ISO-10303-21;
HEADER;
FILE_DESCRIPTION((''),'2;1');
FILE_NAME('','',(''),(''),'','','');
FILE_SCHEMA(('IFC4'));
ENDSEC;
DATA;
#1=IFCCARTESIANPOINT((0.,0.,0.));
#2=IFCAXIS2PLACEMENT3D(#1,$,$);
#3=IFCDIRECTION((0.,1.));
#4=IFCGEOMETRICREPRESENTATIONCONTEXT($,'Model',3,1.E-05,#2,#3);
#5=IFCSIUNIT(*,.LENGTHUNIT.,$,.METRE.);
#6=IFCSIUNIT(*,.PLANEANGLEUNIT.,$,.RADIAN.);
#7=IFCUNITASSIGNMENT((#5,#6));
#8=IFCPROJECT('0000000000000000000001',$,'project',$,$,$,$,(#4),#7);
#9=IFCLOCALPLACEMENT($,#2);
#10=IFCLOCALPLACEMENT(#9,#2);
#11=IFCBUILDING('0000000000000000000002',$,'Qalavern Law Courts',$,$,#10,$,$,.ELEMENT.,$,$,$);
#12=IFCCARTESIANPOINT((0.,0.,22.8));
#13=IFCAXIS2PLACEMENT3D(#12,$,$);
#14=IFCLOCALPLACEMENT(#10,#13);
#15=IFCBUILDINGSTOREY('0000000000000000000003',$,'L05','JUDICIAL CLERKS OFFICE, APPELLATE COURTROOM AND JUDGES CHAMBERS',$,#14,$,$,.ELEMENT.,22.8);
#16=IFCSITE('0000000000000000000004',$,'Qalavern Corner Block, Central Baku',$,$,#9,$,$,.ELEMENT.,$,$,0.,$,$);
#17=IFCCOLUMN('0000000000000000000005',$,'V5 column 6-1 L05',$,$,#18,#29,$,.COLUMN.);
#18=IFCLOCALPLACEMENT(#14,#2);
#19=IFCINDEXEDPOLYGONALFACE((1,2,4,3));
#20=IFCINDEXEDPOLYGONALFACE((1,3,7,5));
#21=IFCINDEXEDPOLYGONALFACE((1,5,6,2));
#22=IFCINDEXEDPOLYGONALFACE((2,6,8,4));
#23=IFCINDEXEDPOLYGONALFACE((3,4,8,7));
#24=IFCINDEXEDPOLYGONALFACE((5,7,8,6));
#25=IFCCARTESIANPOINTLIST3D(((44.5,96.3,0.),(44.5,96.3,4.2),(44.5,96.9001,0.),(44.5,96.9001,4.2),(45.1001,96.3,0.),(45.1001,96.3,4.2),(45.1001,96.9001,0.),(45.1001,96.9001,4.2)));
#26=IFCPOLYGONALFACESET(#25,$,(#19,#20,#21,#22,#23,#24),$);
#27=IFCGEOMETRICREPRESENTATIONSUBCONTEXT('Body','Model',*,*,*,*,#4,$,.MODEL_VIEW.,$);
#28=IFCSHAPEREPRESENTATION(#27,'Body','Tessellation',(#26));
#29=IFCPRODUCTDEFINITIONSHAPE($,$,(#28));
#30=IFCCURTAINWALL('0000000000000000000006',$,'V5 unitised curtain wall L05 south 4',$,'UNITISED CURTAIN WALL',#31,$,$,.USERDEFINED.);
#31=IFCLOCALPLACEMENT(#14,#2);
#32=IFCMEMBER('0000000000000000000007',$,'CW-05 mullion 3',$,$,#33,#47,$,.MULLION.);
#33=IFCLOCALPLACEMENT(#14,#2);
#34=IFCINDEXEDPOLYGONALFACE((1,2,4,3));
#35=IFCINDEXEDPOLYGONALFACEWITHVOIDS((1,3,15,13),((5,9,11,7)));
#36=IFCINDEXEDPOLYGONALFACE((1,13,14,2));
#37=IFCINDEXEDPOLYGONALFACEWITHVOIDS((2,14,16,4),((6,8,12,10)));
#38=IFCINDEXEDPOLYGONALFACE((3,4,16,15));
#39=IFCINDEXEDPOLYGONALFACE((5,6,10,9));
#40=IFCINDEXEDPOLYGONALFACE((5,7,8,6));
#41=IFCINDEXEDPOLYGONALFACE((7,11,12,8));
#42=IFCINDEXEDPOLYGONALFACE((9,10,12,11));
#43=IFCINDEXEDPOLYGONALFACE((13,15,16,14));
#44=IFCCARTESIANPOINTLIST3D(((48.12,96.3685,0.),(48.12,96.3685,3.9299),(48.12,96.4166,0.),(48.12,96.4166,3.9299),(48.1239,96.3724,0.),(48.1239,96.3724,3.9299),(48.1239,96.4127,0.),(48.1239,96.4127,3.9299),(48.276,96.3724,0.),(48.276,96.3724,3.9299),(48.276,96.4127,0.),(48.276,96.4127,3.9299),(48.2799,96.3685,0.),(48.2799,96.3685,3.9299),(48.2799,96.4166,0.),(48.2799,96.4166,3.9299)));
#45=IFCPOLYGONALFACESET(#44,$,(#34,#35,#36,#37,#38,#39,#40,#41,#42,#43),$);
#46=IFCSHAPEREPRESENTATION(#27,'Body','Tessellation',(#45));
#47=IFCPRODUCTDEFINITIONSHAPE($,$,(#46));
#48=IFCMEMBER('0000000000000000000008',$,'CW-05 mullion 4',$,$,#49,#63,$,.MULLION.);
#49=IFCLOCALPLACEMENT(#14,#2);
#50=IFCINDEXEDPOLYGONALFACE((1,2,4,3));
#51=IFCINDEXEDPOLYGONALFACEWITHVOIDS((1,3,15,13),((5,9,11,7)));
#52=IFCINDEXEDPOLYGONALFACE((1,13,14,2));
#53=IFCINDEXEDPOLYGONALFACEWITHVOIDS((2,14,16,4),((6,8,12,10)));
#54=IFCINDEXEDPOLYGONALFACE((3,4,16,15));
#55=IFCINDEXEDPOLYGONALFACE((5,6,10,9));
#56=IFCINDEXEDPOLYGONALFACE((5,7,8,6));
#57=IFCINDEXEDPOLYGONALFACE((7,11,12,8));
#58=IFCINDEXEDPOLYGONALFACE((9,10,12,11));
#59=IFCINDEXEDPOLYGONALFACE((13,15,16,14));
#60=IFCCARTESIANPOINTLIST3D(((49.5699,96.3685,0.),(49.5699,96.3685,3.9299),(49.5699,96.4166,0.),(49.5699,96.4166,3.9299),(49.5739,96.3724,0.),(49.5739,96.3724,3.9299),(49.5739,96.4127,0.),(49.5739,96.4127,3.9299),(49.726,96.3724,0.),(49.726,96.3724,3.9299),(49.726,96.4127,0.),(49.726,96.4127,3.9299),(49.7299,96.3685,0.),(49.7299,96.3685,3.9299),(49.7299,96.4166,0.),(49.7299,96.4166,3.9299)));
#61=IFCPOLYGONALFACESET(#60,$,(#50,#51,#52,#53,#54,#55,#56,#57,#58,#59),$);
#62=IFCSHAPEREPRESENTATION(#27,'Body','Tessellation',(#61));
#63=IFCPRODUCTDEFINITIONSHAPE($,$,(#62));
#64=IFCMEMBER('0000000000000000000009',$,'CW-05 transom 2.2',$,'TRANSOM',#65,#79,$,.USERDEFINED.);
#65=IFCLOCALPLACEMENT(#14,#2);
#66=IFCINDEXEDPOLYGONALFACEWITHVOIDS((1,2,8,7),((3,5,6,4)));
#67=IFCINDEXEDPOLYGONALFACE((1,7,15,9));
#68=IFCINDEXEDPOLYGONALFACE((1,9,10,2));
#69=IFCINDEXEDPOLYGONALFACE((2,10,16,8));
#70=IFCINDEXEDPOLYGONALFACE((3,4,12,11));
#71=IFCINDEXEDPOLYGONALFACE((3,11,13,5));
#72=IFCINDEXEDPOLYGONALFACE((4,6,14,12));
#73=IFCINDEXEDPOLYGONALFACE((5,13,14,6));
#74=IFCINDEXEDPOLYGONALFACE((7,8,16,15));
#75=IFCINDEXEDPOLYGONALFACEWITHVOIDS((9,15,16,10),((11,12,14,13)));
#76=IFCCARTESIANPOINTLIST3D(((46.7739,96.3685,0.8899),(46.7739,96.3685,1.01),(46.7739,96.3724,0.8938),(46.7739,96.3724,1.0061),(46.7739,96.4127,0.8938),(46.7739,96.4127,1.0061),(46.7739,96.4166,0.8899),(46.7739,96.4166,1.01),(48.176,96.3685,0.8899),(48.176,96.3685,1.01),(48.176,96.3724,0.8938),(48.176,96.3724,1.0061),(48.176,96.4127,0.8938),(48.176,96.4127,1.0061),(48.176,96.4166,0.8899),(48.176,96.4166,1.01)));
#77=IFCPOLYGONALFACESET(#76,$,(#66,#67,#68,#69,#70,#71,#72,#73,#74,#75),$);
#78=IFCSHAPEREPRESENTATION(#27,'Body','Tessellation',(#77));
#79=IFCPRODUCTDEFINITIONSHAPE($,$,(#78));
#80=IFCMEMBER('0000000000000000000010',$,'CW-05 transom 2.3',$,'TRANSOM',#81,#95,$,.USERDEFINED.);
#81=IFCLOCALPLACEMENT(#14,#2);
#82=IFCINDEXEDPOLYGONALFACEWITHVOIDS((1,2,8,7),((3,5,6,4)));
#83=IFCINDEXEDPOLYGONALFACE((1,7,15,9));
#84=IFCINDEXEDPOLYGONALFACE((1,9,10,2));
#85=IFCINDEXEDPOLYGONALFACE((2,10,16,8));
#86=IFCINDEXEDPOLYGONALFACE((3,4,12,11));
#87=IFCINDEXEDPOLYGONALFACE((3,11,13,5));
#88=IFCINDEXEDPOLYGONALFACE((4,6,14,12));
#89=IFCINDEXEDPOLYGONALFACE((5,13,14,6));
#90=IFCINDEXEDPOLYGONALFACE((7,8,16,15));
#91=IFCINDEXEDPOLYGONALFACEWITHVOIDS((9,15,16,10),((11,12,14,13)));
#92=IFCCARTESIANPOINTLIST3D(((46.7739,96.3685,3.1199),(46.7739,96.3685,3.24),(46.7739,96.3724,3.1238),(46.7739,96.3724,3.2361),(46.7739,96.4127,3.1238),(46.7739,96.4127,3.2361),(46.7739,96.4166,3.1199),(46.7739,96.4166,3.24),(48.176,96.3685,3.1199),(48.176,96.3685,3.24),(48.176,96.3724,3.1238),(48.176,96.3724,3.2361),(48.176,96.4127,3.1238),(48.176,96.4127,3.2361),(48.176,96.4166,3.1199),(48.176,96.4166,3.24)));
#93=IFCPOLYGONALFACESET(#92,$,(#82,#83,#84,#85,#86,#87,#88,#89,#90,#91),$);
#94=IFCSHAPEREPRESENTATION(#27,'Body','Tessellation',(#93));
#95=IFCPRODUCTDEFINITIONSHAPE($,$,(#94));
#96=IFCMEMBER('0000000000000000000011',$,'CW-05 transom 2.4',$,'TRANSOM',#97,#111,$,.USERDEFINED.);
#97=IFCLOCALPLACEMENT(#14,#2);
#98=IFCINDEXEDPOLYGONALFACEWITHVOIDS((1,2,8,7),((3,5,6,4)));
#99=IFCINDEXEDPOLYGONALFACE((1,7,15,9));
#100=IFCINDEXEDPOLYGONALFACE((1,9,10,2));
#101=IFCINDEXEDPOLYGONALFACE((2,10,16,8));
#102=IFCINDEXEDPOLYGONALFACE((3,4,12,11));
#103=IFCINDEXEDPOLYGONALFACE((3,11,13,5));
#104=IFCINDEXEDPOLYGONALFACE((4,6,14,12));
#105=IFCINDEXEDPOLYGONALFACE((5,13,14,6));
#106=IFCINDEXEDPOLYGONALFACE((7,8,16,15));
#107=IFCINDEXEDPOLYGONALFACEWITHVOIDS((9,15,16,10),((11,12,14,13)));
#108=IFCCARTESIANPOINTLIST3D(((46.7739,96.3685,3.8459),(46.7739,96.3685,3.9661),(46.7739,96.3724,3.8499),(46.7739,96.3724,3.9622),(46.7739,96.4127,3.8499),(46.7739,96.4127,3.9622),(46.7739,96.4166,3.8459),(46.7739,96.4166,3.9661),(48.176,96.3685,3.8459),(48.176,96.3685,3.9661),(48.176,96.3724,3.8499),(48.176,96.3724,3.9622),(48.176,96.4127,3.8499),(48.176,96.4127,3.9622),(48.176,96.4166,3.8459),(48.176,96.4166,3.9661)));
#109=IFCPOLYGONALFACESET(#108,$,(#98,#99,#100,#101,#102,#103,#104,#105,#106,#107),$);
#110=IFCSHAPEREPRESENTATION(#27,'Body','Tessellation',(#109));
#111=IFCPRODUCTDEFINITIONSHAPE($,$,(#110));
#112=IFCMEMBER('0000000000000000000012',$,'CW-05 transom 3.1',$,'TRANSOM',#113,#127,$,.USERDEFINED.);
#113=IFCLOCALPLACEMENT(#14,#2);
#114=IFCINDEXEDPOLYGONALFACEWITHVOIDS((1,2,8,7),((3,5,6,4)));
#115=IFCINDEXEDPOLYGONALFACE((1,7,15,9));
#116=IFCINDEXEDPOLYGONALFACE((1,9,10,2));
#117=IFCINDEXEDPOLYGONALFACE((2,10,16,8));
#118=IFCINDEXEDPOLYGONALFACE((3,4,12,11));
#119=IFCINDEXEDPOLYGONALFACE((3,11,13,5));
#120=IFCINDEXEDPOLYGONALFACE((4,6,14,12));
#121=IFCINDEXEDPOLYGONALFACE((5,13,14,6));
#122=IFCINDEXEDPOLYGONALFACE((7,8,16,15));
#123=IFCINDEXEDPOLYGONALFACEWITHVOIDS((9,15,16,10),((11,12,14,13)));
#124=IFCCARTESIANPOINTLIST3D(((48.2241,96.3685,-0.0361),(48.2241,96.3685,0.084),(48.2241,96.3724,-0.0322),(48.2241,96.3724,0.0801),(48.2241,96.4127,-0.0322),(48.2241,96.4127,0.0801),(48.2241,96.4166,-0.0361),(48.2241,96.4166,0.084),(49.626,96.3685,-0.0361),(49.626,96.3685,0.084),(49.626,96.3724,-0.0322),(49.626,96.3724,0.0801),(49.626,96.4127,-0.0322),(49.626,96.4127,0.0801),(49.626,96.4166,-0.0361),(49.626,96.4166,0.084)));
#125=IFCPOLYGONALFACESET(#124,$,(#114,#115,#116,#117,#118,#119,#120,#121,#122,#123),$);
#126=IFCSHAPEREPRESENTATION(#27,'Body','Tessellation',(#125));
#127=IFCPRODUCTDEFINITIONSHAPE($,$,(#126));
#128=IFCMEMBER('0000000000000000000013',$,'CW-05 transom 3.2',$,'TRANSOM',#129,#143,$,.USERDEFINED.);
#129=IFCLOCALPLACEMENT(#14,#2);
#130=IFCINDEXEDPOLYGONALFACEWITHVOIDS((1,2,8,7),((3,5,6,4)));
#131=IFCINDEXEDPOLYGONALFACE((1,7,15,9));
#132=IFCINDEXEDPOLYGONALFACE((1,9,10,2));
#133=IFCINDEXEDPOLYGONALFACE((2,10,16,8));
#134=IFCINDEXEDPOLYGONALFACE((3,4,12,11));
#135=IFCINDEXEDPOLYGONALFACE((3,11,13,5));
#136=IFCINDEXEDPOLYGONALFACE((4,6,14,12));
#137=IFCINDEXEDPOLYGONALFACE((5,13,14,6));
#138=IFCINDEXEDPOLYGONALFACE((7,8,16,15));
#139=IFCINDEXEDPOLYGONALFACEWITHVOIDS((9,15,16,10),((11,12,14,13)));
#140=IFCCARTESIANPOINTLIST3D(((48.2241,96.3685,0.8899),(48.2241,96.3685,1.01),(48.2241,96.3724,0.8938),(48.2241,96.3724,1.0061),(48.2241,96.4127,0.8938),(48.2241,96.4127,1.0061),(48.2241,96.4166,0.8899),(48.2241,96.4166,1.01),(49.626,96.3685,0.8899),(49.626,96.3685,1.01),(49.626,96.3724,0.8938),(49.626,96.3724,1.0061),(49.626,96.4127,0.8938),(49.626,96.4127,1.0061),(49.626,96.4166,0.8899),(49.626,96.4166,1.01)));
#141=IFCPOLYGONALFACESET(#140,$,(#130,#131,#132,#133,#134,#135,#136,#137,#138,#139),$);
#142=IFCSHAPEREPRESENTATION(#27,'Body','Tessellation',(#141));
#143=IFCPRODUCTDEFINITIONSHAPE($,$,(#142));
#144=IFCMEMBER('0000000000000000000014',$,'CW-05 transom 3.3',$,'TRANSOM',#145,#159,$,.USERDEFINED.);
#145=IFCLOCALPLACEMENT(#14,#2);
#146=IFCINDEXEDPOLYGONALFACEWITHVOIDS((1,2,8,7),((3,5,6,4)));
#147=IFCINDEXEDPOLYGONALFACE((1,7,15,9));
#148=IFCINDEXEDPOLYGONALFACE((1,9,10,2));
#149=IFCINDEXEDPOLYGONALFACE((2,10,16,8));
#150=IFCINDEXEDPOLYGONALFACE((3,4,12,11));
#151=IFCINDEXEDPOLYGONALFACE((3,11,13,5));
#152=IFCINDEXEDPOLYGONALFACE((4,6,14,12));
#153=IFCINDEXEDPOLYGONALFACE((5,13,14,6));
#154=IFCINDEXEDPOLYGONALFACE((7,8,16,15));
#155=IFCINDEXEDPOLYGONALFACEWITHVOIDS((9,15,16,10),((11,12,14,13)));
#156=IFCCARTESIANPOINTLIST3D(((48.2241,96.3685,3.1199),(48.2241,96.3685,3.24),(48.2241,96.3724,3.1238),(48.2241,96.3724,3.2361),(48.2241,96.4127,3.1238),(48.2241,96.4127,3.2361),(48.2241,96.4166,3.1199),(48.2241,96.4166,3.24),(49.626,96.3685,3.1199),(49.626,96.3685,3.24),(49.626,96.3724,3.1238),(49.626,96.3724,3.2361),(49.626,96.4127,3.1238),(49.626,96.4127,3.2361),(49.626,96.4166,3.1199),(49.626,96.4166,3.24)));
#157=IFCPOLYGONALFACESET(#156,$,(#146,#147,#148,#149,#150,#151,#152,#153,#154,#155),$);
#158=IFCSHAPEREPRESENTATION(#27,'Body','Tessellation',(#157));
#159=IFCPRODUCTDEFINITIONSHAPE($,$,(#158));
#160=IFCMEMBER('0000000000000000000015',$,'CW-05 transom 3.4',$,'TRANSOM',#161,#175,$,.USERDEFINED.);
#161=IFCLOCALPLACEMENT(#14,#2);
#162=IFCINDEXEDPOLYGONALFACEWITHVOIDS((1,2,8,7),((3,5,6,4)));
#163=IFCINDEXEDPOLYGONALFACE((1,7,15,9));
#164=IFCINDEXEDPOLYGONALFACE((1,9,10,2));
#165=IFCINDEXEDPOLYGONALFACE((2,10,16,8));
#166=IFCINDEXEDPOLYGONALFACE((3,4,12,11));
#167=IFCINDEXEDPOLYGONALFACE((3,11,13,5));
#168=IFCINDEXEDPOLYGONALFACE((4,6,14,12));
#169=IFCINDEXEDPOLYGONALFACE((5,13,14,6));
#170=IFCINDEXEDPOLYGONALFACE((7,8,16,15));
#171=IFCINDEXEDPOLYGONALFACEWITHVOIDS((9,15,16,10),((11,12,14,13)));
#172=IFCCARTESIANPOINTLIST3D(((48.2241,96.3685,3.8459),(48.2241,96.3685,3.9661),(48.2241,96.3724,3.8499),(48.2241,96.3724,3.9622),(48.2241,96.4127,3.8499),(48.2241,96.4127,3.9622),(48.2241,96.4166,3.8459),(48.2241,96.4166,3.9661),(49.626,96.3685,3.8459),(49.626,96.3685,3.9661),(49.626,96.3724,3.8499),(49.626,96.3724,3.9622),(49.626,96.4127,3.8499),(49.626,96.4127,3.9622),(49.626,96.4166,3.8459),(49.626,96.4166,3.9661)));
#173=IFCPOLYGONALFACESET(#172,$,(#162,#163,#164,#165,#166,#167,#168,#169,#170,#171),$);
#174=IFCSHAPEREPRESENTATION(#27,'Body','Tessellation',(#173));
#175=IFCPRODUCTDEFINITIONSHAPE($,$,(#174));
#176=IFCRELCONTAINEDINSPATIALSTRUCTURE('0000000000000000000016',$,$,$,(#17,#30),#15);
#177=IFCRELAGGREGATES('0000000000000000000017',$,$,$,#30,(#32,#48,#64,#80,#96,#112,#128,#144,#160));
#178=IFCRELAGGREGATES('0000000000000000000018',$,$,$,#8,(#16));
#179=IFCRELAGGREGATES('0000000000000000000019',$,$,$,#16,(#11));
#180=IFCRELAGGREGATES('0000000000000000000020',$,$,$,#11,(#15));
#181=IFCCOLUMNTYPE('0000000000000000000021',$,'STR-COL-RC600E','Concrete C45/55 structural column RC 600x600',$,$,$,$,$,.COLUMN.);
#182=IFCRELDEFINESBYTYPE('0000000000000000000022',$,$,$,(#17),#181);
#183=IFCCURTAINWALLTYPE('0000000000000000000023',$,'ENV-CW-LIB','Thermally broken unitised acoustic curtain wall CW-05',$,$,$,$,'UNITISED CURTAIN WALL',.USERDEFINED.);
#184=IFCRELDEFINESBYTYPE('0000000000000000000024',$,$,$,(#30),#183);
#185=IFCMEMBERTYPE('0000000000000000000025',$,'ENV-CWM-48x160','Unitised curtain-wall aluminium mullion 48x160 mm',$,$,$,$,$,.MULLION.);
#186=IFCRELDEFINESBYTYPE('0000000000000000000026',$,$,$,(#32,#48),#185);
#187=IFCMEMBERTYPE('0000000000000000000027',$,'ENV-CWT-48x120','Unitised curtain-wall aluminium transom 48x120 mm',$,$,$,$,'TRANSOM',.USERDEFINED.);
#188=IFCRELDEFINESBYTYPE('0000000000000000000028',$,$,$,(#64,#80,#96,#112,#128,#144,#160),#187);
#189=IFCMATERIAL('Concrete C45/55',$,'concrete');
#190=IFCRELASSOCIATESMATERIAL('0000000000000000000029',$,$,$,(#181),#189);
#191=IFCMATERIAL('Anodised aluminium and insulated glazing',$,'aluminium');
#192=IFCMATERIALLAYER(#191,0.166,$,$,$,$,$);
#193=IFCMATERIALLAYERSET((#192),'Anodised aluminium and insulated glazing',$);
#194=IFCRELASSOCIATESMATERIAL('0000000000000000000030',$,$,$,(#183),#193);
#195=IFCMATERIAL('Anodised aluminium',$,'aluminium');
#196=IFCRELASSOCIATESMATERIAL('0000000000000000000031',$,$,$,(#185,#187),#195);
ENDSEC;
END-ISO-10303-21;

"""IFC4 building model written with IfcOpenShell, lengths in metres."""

from ifc_helpers import new_model, si_unit, direction, frame, origin, origin_2d, place, context, subcontext, project, spatial, rectangle, hollow_rectangle, extrude, material, layer, layer_set, material_profile, profile_set, type_object, element, aggregate, save


model = new_model("IFC4")

# Units and contexts
model_context = context("Model", 3, precision=1e-05, world=origin(), true_north=direction((0.0, 1.0)))
body_context = subcontext(model_context, "Body", "Model", "MODEL_VIEW")
ifc_project = project(units=[si_unit("LENGTHUNIT", "METRE"), si_unit("PLANEANGLEUNIT", "RADIAN")], contexts=[model_context])

# Site, building, storey
site_placement = place(None, origin())
site = spatial("IfcSite", under=ifc_project, at=site_placement, Name="Qalavern Corner Block, Central Baku", CompositionType="ELEMENT", RefElevation=0.0)
building_placement = place(site_placement, origin())
building = spatial("IfcBuilding", under=site, at=building_placement, Name="Qalavern Law Courts", CompositionType="ELEMENT")
storey_placement = place(building_placement, frame((0.0, 0.0, 22.8)))
storey = spatial("IfcBuildingStorey", under=building, at=storey_placement, Name="L05", Description="JUDICIAL CLERKS OFFICE, APPELLATE COURTROOM AND JUDGES CHAMBERS", CompositionType="ELEMENT", Elevation=22.8)

# Column
ifc_material_1 = material(Name="Concrete C45/55", Category="concrete")
ifc_material_profile_1 = material_profile(ifc_material_1, rectangle(XDim=0.6001, YDim=0.6001, at=origin_2d()), Name="RC 600x600")
ifc_profile_set_1 = profile_set([ifc_material_profile_1], Name="Concrete C45/55")
column_type = type_object("IfcColumnType", Name="STR-COL-RC600E", Description="Concrete C45/55 structural column RC 600x600", PredefinedType="COLUMN", material=ifc_profile_set_1)
column_placement = place(storey_placement, frame((44.8, 96.6001, 0.0), z_axis=(0.0, 0.0, 1.0), x_axis=(1.0, 0.0, 0.0)))
element("IfcColumn", 1, at=column_placement, inside=storey, type_object=column_type, Name="V5 column 6-1 L05", PredefinedType="COLUMN", context=body_context, shape_type="SweptSolid", body=[
    extrude(rectangle(XDim=0.6001, YDim=0.6001, at=origin_2d()), origin(), (0.0, 0.0, 1.0), 4.2),
])

# Curtain wall, members
ifc_material_2 = material(Name="Anodised aluminium and insulated glazing", Category="aluminium")
ifc_layer_1 = layer(ifc_material_2, 0.166)
ifc_layer_set_1 = layer_set([ifc_layer_1], Name="Anodised aluminium and insulated glazing")
curtain_wall_type = type_object("IfcCurtainWallType", Name="ENV-CW-LIB", Description="Thermally broken unitised acoustic curtain wall CW-05", ElementType="UNITISED CURTAIN WALL", PredefinedType="USERDEFINED", material=ifc_layer_set_1)
curtain_wall_placement = place(storey_placement, origin())
curtain_wall = element("IfcCurtainWall", 2, at=curtain_wall_placement, inside=storey, type_object=curtain_wall_type, Name="V5 unitised curtain wall L05 south 4", ObjectType="UNITISED CURTAIN WALL", PredefinedType="USERDEFINED")
ifc_material_3 = material(Name="Anodised aluminium", Category="aluminium")
ifc_material_profile_2 = material_profile(ifc_material_3, hollow_rectangle(XDim=0.0481, YDim=0.1599, WallThickness=0.0039, at=origin_2d()), Name="ALU MULLION 48x160")
ifc_profile_set_2 = profile_set([ifc_material_profile_2], Name="Anodised aluminium")
member_type_1 = type_object("IfcMemberType", Name="ENV-CWM-48x160", Description="Unitised curtain-wall aluminium mullion 48x160 mm", PredefinedType="MULLION", material=ifc_profile_set_2)
member_1_placement = place(storey_placement, frame((48.2, 96.3926, 0.0), z_axis=(0.0, 0.0, 1.0), x_axis=(0.0, 1.0, 0.0)))
member_1 = element("IfcMember", 3, at=member_1_placement, type_object=member_type_1, Name="CW-05 mullion 3", PredefinedType="MULLION", context=body_context, shape_type="SweptSolid", body=[
    extrude(hollow_rectangle(XDim=0.0481, YDim=0.1599, WallThickness=0.0039, at=origin_2d()), origin(), (0.0, 0.0, 1.0), 3.9299),
])
member_2_placement = place(storey_placement, frame((49.6499, 96.3926, 0.0), z_axis=(0.0, 0.0, 1.0), x_axis=(0.0, 1.0, 0.0)))
member_2 = element("IfcMember", 4, at=member_2_placement, type_object=member_type_1, Name="CW-05 mullion 4", PredefinedType="MULLION", context=body_context, shape_type="SweptSolid", body=[
    extrude(hollow_rectangle(XDim=0.0481, YDim=0.1599, WallThickness=0.0039, at=origin_2d()), origin(), (0.0, 0.0, 1.0), 3.9299),
])
ifc_material_profile_3 = material_profile(ifc_material_3, hollow_rectangle(XDim=0.0481, YDim=0.1201, WallThickness=0.0039, at=origin_2d()), Name="ALU TRANSOM 48x120")
ifc_profile_set_3 = profile_set([ifc_material_profile_3], Name="Anodised aluminium")
member_type_2 = type_object("IfcMemberType", Name="ENV-CWT-48x120", Description="Unitised curtain-wall aluminium transom 48x120 mm", ElementType="TRANSOM", PredefinedType="USERDEFINED", material=ifc_profile_set_3)
member_3_placement = place(storey_placement, frame((46.7739, 96.3926, 0.95), z_axis=(1.0, 0.0, 0.0), x_axis=(0.0, 1.0, 0.0)))
member_3 = element("IfcMember", 5, at=member_3_placement, type_object=member_type_2, Name="CW-05 transom 2.2", ObjectType="TRANSOM", PredefinedType="USERDEFINED", context=body_context, shape_type="SweptSolid", body=[
    extrude(hollow_rectangle(XDim=0.0481, YDim=0.1201, WallThickness=0.0039, at=origin_2d()), origin(), (0.0, 0.0, 1.0), 1.4021),
])
member_4_placement = place(storey_placement, frame((46.7739, 96.3926, 3.1799), z_axis=(1.0, 0.0, 0.0), x_axis=(0.0, 1.0, 0.0)))
member_4 = element("IfcMember", 6, at=member_4_placement, type_object=member_type_2, Name="CW-05 transom 2.3", ObjectType="TRANSOM", PredefinedType="USERDEFINED", context=body_context, shape_type="SweptSolid", body=[
    extrude(hollow_rectangle(XDim=0.0481, YDim=0.1201, WallThickness=0.0039, at=origin_2d()), origin(), (0.0, 0.0, 1.0), 1.4021),
])
member_5_placement = place(storey_placement, frame((46.7739, 96.3926, 3.906), z_axis=(1.0, 0.0, 0.0), x_axis=(0.0, 1.0, 0.0)))
member_5 = element("IfcMember", 7, at=member_5_placement, type_object=member_type_2, Name="CW-05 transom 2.4", ObjectType="TRANSOM", PredefinedType="USERDEFINED", context=body_context, shape_type="SweptSolid", body=[
    extrude(hollow_rectangle(XDim=0.0481, YDim=0.1201, WallThickness=0.0039, at=origin_2d()), origin(), (0.0, 0.0, 1.0), 1.4021),
])
member_6_placement = place(storey_placement, frame((48.2241, 96.3926, 0.0239), z_axis=(1.0, 0.0, 0.0), x_axis=(0.0, 1.0, 0.0)))
member_6 = element("IfcMember", 8, at=member_6_placement, type_object=member_type_2, Name="CW-05 transom 3.1", ObjectType="TRANSOM", PredefinedType="USERDEFINED", context=body_context, shape_type="SweptSolid", body=[
    extrude(hollow_rectangle(XDim=0.0481, YDim=0.1201, WallThickness=0.0039, at=origin_2d()), origin(), (0.0, 0.0, 1.0), 1.4019),
])
member_7_placement = place(storey_placement, frame((48.2241, 96.3926, 0.95), z_axis=(1.0, 0.0, 0.0), x_axis=(0.0, 1.0, 0.0)))
member_7 = element("IfcMember", 9, at=member_7_placement, type_object=member_type_2, Name="CW-05 transom 3.2", ObjectType="TRANSOM", PredefinedType="USERDEFINED", context=body_context, shape_type="SweptSolid", body=[
    extrude(hollow_rectangle(XDim=0.0481, YDim=0.1201, WallThickness=0.0039, at=origin_2d()), origin(), (0.0, 0.0, 1.0), 1.4019),
])
member_8_placement = place(storey_placement, frame((48.2241, 96.3926, 3.1799), z_axis=(1.0, 0.0, 0.0), x_axis=(0.0, 1.0, 0.0)))
member_8 = element("IfcMember", 10, at=member_8_placement, type_object=member_type_2, Name="CW-05 transom 3.3", ObjectType="TRANSOM", PredefinedType="USERDEFINED", context=body_context, shape_type="SweptSolid", body=[
    extrude(hollow_rectangle(XDim=0.0481, YDim=0.1201, WallThickness=0.0039, at=origin_2d()), origin(), (0.0, 0.0, 1.0), 1.4019),
])
member_9_placement = place(storey_placement, frame((48.2241, 96.3926, 3.906), z_axis=(1.0, 0.0, 0.0), x_axis=(0.0, 1.0, 0.0)))
member_9 = element("IfcMember", 11, at=member_9_placement, type_object=member_type_2, Name="CW-05 transom 3.4", ObjectType="TRANSOM", PredefinedType="USERDEFINED", context=body_context, shape_type="SweptSolid", body=[
    extrude(hollow_rectangle(XDim=0.0481, YDim=0.1201, WallThickness=0.0039, at=origin_2d()), origin(), (0.0, 0.0, 1.0), 1.4019),
])

aggregate(curtain_wall, [member_1, member_2, member_3, member_4, member_5, member_6, member_7, member_8, member_9])

save(model, "model.ifc")
